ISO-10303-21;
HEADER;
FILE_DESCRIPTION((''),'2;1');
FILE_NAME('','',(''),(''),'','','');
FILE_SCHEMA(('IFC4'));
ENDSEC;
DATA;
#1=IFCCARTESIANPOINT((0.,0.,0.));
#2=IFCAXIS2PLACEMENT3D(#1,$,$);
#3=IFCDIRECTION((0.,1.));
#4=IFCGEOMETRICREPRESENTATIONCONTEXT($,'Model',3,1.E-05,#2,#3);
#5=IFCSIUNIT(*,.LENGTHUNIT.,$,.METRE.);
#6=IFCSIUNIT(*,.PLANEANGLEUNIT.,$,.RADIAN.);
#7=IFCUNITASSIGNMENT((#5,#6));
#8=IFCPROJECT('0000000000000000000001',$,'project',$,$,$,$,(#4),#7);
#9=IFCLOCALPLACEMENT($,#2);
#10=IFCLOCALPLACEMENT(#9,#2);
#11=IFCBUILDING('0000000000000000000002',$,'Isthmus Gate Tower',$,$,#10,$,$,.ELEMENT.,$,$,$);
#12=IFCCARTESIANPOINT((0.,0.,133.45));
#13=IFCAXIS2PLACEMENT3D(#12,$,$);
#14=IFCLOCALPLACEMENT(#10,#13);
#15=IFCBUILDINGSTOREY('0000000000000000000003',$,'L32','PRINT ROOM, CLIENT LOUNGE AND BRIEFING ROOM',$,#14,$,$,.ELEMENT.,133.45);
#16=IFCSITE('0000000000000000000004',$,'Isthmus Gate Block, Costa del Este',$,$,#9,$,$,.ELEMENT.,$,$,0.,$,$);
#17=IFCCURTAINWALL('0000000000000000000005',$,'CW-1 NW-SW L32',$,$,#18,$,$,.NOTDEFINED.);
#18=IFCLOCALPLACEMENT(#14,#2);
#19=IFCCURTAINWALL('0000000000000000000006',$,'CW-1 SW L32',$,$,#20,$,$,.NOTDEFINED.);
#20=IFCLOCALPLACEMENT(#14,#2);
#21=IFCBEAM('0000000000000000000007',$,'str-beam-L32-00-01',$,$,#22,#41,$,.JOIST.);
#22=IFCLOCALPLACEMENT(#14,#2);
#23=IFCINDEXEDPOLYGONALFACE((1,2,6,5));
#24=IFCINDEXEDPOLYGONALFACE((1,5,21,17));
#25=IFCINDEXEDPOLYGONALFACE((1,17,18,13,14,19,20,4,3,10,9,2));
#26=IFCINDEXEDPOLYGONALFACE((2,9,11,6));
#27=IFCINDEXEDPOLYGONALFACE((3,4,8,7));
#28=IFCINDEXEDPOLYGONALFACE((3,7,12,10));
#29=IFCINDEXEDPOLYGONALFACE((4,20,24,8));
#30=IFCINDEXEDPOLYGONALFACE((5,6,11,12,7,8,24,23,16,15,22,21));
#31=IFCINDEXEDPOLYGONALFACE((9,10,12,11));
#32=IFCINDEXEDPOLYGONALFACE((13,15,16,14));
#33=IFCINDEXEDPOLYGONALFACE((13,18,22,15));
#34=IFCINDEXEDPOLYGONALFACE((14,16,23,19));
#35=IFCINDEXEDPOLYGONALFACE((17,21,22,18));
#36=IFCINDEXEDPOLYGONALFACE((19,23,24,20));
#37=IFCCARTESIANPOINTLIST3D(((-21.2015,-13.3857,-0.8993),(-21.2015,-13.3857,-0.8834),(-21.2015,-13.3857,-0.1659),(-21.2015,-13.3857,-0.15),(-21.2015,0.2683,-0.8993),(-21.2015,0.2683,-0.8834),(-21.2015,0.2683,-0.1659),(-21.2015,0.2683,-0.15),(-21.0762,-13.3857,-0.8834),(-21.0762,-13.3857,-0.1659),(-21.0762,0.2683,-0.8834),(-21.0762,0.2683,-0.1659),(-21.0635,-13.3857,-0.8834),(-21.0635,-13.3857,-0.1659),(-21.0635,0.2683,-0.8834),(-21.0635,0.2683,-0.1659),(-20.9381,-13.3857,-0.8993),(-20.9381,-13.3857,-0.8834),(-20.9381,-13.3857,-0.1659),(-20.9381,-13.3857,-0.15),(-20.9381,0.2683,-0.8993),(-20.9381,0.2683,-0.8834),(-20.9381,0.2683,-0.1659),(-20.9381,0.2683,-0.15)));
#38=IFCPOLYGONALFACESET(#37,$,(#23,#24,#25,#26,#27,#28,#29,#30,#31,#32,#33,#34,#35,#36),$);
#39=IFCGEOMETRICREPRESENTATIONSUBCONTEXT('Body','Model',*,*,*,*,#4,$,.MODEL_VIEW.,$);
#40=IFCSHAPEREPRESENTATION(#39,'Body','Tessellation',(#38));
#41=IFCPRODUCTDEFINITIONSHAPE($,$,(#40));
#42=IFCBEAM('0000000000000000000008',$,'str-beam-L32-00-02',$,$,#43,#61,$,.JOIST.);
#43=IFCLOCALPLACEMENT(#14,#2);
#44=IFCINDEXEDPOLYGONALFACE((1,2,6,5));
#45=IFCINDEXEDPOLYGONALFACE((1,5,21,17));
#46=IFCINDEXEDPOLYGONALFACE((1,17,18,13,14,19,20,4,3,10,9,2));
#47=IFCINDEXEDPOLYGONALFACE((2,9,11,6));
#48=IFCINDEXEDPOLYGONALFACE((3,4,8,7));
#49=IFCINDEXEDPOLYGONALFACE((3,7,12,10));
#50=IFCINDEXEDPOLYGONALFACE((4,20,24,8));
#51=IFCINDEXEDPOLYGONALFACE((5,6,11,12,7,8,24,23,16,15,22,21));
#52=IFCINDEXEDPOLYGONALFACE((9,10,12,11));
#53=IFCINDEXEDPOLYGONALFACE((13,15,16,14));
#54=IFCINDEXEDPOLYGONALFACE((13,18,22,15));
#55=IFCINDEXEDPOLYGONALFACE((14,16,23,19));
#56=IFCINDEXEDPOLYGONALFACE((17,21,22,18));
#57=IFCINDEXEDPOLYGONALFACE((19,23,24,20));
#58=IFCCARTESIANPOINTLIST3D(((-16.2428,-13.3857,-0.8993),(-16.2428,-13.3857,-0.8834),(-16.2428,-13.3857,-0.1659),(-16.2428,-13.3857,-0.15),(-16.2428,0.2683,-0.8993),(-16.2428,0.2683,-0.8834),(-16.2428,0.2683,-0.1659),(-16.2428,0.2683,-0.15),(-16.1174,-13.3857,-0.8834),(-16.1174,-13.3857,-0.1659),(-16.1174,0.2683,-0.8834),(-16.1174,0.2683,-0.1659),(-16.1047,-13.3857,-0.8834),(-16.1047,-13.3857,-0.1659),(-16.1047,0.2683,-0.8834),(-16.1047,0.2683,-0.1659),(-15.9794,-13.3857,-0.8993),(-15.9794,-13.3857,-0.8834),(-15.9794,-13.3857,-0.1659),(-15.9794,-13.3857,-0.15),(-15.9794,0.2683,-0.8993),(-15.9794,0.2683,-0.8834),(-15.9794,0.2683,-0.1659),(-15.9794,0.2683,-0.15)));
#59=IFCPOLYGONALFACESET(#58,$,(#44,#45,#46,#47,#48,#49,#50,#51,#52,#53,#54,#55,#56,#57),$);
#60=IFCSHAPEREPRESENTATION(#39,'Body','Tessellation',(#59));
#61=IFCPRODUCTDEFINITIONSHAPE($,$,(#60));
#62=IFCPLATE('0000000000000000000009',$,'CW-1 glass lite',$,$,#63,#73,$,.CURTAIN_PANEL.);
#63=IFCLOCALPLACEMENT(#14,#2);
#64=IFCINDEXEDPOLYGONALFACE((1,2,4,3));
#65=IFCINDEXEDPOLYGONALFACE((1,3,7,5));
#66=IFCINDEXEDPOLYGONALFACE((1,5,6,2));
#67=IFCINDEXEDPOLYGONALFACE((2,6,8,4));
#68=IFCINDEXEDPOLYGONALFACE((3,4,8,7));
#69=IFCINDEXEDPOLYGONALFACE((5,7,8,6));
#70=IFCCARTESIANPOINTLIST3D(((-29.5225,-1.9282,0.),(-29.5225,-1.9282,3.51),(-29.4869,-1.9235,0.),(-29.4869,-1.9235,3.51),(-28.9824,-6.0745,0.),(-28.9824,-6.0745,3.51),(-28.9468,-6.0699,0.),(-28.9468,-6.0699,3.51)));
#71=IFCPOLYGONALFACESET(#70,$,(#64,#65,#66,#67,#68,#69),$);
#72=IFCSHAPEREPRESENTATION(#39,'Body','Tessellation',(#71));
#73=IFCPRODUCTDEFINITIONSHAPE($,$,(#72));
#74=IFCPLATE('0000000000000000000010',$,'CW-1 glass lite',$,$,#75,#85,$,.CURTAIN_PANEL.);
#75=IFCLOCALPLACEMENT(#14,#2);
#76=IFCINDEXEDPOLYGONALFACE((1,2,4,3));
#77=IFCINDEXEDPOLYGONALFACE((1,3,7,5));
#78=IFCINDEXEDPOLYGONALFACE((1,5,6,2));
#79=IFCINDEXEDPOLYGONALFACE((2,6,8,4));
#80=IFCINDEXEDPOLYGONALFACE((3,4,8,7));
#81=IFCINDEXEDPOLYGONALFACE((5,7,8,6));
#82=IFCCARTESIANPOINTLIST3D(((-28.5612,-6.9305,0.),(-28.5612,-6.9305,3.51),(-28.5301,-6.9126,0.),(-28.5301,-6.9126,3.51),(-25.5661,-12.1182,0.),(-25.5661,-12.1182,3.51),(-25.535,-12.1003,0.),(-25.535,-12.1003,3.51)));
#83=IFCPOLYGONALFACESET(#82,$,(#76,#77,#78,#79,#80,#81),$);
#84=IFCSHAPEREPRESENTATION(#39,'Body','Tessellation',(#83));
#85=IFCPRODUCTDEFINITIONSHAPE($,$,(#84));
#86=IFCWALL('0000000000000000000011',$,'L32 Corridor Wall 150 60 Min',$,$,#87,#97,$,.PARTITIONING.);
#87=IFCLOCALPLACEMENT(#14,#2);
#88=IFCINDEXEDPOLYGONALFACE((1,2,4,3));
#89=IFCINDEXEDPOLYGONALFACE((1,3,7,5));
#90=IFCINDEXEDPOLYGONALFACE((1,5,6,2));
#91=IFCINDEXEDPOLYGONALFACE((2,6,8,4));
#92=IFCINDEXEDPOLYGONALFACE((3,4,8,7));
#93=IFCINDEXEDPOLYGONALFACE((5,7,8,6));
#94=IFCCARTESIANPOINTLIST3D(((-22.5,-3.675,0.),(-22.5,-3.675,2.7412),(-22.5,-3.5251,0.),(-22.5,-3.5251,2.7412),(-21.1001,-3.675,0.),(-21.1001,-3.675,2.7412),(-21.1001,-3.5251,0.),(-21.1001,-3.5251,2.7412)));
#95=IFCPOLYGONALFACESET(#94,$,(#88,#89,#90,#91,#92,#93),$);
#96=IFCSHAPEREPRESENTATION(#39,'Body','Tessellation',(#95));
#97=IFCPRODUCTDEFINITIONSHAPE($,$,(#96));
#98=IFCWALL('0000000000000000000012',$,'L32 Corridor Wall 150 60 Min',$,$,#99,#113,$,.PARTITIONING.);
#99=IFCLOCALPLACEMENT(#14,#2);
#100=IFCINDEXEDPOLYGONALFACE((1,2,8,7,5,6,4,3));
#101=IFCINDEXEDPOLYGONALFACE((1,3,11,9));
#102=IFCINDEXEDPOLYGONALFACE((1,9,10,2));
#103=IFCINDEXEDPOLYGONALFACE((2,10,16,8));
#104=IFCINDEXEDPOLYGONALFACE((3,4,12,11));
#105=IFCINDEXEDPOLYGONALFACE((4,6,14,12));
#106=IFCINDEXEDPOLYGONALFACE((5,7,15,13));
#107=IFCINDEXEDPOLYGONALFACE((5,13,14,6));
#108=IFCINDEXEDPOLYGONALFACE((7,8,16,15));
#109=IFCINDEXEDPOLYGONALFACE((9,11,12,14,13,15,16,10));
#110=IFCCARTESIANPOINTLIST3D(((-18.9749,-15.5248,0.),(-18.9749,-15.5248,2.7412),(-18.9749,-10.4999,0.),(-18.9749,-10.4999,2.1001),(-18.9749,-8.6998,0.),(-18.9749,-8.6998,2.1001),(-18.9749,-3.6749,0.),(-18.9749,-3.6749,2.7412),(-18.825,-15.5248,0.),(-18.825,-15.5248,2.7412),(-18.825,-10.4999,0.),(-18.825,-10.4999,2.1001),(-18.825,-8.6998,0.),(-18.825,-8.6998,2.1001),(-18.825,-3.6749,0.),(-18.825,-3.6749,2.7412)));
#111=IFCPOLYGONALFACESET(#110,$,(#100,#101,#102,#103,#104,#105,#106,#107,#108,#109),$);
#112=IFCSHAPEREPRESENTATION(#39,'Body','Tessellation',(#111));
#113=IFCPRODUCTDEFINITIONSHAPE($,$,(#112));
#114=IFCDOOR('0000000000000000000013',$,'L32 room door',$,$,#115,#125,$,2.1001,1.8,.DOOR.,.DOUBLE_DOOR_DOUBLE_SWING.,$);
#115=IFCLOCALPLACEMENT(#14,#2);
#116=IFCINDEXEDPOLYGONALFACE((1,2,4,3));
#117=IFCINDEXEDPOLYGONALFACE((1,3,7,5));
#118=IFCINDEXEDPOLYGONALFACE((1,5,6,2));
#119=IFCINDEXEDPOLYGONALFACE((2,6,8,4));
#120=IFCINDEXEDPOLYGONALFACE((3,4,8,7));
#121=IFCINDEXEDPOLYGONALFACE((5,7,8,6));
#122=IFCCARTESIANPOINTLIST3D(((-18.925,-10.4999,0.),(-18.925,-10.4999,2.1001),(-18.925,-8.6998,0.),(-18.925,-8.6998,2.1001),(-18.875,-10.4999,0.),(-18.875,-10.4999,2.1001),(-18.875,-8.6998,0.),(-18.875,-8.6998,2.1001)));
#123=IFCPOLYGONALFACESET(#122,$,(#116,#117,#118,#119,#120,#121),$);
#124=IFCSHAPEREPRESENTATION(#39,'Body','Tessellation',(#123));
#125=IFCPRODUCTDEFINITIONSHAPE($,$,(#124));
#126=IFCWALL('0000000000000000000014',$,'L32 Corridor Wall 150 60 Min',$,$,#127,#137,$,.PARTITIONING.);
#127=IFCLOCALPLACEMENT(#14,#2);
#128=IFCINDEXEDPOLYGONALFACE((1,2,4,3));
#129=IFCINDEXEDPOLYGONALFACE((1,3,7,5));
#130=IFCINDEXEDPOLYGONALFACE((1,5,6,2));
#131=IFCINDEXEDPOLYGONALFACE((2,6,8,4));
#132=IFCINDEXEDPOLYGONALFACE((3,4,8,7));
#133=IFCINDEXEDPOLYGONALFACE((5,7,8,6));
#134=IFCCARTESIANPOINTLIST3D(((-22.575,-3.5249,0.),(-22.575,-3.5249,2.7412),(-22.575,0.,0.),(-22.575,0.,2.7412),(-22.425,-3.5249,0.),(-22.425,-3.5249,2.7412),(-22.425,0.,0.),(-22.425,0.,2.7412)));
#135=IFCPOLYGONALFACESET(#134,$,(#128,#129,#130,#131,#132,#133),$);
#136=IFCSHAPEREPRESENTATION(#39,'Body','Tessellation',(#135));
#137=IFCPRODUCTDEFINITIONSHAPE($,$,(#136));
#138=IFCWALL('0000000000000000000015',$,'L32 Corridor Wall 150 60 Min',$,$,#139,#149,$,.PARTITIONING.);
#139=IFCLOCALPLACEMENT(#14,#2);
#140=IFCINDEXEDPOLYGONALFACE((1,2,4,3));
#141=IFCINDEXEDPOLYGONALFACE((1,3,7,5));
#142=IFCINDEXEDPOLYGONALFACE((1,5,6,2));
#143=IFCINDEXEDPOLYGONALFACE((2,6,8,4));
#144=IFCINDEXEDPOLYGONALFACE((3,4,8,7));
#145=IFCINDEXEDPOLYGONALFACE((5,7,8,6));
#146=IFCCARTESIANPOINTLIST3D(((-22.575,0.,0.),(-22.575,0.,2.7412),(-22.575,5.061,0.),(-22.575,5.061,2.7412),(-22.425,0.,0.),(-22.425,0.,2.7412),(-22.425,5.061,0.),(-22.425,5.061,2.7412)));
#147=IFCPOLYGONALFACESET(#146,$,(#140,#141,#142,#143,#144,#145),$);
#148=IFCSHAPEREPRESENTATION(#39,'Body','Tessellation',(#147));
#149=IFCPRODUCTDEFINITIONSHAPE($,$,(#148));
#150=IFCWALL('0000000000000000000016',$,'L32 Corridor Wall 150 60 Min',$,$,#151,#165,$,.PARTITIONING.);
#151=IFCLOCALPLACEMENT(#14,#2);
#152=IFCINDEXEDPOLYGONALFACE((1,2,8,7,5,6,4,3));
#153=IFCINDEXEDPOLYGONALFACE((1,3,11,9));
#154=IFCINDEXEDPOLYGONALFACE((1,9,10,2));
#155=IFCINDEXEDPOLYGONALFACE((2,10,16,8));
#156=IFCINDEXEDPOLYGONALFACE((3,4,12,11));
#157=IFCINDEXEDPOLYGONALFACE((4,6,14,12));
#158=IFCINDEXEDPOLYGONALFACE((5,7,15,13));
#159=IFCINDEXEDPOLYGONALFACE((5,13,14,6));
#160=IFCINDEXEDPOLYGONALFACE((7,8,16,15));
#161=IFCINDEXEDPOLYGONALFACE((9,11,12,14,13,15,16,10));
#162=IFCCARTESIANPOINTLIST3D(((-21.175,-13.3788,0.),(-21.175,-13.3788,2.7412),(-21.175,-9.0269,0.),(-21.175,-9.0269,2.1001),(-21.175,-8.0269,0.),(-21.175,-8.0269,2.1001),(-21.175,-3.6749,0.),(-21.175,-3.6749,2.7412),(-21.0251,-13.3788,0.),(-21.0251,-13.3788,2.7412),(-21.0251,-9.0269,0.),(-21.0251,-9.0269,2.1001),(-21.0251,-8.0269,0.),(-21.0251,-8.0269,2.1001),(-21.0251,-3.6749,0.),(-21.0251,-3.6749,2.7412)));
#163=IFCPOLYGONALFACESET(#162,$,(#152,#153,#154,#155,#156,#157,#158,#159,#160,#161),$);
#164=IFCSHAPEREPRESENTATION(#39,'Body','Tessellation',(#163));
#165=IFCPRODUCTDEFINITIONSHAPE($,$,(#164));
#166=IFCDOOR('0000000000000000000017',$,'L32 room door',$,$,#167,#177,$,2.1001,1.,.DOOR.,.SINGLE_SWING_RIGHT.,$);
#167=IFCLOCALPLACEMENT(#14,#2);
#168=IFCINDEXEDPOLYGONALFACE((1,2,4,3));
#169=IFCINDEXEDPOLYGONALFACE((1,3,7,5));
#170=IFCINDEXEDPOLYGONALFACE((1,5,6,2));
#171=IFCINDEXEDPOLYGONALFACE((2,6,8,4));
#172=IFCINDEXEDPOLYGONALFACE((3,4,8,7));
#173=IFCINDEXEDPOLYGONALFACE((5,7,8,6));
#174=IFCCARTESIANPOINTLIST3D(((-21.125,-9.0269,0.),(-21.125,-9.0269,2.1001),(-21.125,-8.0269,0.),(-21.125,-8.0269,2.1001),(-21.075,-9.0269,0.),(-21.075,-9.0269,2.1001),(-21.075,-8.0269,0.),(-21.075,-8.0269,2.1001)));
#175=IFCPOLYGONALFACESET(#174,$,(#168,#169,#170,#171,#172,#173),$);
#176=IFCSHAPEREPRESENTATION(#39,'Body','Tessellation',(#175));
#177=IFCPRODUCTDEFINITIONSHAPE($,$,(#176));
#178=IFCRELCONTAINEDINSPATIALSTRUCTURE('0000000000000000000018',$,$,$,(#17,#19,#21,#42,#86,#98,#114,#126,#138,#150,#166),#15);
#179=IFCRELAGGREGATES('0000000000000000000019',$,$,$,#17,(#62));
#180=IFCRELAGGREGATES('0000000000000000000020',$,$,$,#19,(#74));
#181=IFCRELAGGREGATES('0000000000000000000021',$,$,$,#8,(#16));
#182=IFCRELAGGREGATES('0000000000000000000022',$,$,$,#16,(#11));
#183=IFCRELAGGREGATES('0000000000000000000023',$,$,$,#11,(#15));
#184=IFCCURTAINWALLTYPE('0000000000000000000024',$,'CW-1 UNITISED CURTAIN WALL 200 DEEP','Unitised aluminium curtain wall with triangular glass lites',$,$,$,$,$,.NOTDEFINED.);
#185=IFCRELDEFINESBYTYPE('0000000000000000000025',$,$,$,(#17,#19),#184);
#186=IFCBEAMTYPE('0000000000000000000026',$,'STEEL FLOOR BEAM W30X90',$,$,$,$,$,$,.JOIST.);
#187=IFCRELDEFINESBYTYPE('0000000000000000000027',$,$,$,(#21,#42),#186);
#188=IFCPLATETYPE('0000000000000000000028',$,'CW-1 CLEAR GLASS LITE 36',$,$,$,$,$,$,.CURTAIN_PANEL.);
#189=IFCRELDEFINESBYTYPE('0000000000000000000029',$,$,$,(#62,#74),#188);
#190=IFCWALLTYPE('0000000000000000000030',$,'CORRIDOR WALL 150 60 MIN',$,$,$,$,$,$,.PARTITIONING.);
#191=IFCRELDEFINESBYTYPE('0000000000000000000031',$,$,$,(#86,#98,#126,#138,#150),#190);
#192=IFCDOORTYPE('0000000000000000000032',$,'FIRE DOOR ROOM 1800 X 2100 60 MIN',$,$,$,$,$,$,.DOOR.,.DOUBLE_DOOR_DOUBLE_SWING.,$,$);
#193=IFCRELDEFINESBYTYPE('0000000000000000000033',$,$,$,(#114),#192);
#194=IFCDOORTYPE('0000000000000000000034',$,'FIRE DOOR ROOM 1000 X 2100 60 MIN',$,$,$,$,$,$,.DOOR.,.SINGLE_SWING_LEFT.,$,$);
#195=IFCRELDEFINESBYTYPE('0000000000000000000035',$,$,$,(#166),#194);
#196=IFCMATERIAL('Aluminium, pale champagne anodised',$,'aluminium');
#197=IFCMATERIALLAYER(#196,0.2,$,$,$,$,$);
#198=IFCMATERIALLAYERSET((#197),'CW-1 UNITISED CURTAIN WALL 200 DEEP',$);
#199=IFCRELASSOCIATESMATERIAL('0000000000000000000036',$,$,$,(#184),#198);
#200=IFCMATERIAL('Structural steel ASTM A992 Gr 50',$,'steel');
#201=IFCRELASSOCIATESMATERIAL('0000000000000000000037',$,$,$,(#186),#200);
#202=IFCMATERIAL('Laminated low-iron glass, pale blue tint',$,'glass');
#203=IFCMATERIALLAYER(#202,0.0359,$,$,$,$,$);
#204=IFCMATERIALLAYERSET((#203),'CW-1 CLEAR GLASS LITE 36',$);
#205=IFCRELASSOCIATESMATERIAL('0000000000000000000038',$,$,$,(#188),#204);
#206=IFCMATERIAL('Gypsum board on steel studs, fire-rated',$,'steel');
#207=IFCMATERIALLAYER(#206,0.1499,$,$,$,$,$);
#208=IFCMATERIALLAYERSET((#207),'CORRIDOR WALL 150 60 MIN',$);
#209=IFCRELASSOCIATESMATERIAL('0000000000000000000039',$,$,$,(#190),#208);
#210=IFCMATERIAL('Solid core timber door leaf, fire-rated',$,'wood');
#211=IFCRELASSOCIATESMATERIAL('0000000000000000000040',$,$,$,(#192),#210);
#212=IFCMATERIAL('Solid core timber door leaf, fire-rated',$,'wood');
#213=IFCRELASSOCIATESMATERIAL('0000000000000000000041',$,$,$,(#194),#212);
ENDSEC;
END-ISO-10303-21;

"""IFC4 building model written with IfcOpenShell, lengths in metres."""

from ifc_helpers import new_model, si_unit, direction, frame, frame_2d, origin, origin_2d, place, context, subcontext, project, spatial, rectangle, i_section, extrude, material, layer, layer_set, material_profile, profile_set, type_object, element, fill, aggregate, save


model = new_model("IFC4")

# Units and contexts
model_context = context("Model", 3, precision=1e-05, world=origin(), true_north=direction((0.0, 1.0)))
body_context = subcontext(model_context, "Body", "Model", "MODEL_VIEW")
ifc_project = project(units=[si_unit("LENGTHUNIT", "METRE"), si_unit("PLANEANGLEUNIT", "RADIAN")], contexts=[model_context])

# Site, building, storey
site_placement = place(None, origin())
site = spatial("IfcSite", under=ifc_project, at=site_placement, Name="Isthmus Gate Block, Costa del Este", CompositionType="ELEMENT", RefElevation=0.0)
building_placement = place(site_placement, origin())
building = spatial("IfcBuilding", under=site, at=building_placement, Name="Isthmus Gate Tower", CompositionType="ELEMENT")
storey_placement = place(building_placement, frame((0.0, 0.0, 133.45)))
storey = spatial("IfcBuildingStorey", under=building, at=storey_placement, Name="L32", Description="PRINT ROOM, CLIENT LOUNGE AND BRIEFING ROOM", CompositionType="ELEMENT", Elevation=133.45)

# Curtain walls
ifc_material_1 = material(Name="Aluminium, pale champagne anodised", Category="aluminium")
ifc_layer_1 = layer(ifc_material_1, 0.2)
ifc_layer_set_1 = layer_set([ifc_layer_1], Name="CW-1 UNITISED CURTAIN WALL 200 DEEP")
curtain_wall_type = type_object("IfcCurtainWallType", Name="CW-1 UNITISED CURTAIN WALL 200 DEEP", Description="Unitised aluminium curtain wall with triangular glass lites", PredefinedType="NOTDEFINED", material=ifc_layer_set_1)
curtain_wall_1_placement = place(storey_placement, origin())
curtain_wall_1 = element("IfcCurtainWall", 1, at=curtain_wall_1_placement, inside=storey, type_object=curtain_wall_type, Name="CW-1 NW-SW L32", PredefinedType="NOTDEFINED")
curtain_wall_2_placement = place(storey_placement, origin())
curtain_wall_2 = element("IfcCurtainWall", 2, at=curtain_wall_2_placement, inside=storey, type_object=curtain_wall_type, Name="CW-1 SW L32", PredefinedType="NOTDEFINED")

# Beams
ifc_material_2 = material(Name="Structural steel ASTM A992 Gr 50", Category="steel")
ifc_material_profile_1 = material_profile(ifc_material_2, i_section(OverallWidth=0.2634, OverallDepth=0.7493, WebThickness=0.0127, FlangeThickness=0.0159, at=origin_2d()), Name="W30X90")
ifc_profile_set_1 = profile_set([ifc_material_profile_1], Name="Structural steel ASTM A992 Gr 50")
beam_type_1 = type_object("IfcBeamType", Name="STEEL FLOOR BEAM W30X90", PredefinedType="JOIST", material=ifc_profile_set_1)
for number, where, z_axis, x_axis, name in (
    (3, (-21.0698, -13.3857, -0.5247), (0.0, 1.0, 0.0), (-1.0, 0.0, 0.0), "str-beam-L32-00-01"),
    (4, (-16.1111, -13.3857, -0.5247), (0.0, 1.0, 0.0), (-1.0, 0.0, 0.0), "str-beam-L32-00-02"),
):
    element("IfcBeam", number, at=place(storey_placement, frame(where, z_axis=z_axis, x_axis=x_axis)), inside=storey, type_object=beam_type_1, Name=name, PredefinedType="JOIST", context=body_context, shape_type="SweptSolid", body=[
        extrude(i_section(OverallWidth=0.2634, OverallDepth=0.7493, WebThickness=0.0127, FlangeThickness=0.0159, at=origin_2d()), origin(), (0.0, 0.0, 1.0), 13.6541),
    ])

# Plates
ifc_material_3 = material(Name="Laminated low-iron glass, pale blue tint", Category="glass")
ifc_layer_2 = layer(ifc_material_3, 0.0359)
ifc_layer_set_2 = layer_set([ifc_layer_2], Name="CW-1 CLEAR GLASS LITE 36")
plate_type = type_object("IfcPlateType", Name="CW-1 CLEAR GLASS LITE 36", PredefinedType="CURTAIN_PANEL", material=ifc_layer_set_2)
plate_1_placement = place(storey_placement, frame((-29.2346, -3.999, 0.0), z_axis=(0.0, 0.0, 1.0), x_axis=(0.129165, -0.991623, 0.0)))
plate_1 = element("IfcPlate", 5, at=plate_1_placement, type_object=plate_type, Name="CW-1 glass lite", PredefinedType="CURTAIN_PANEL", context=body_context, shape_type="SweptSolid", body=[
    extrude(rectangle(XDim=4.1814, YDim=0.0359, at=origin_2d()), origin(), (0.0, 0.0, 1.0), 3.51),
])
aggregate(curtain_wall_1, [plate_1])
plate_2_placement = place(storey_placement, frame((-27.0481, -9.5154, 0.0), z_axis=(0.0, 0.0, 1.0), x_axis=(0.5, -0.866025, 0.0)))
plate_2 = element("IfcPlate", 6, at=plate_2_placement, type_object=plate_type, Name="CW-1 glass lite", PredefinedType="CURTAIN_PANEL", context=body_context, shape_type="SweptSolid", body=[
    extrude(rectangle(XDim=5.9902, YDim=0.0359, at=origin_2d()), origin(), (0.0, 0.0, 1.0), 3.51),
])
aggregate(curtain_wall_2, [plate_2])

# Wall
ifc_material_4 = material(Name="Gypsum board on steel studs, fire-rated", Category="steel")
ifc_layer_3 = layer(ifc_material_4, 0.1499)
ifc_layer_set_3 = layer_set([ifc_layer_3], Name="CORRIDOR WALL 150 60 MIN")
wall_type = type_object("IfcWallType", Name="CORRIDOR WALL 150 60 MIN", PredefinedType="PARTITIONING", material=ifc_layer_set_3)
wall_1_placement = place(storey_placement, frame((-21.1001, -3.6001, 0.0), z_axis=(0.0, 0.0, 1.0), x_axis=(-1.0, 0.0, 0.0)))
element("IfcWall", 7, at=wall_1_placement, inside=storey, type_object=wall_type, Name="L32 Corridor Wall 150 60 Min", PredefinedType="PARTITIONING", context=body_context, shape_type="SweptSolid", body=[
    extrude(rectangle(XDim=1.3999, YDim=0.1499, at=frame_2d((0.7, 0.0))), origin(), (0.0, 0.0, 1.0), 2.7412),
])

# Wall, opening, door
wall_2_placement = place(storey_placement, frame((-18.8999, -3.675, 0.0), z_axis=(0.0, 0.0, 1.0), x_axis=(0.0, -1.0, 0.0)))
wall_2 = element("IfcWall", 8, at=wall_2_placement, inside=storey, type_object=wall_type, Name="L32 Corridor Wall 150 60 Min", PredefinedType="PARTITIONING", context=body_context, shape_type="SweptSolid", body=[
    extrude(rectangle(XDim=11.8499, YDim=0.1499, at=frame_2d((5.9248, 0.0))), origin(), (0.0, 0.0, 1.0), 2.7412),
])
opening_1_placement = place(wall_2_placement, frame((5.0249, 0.0, 0.0)))
opening_1 = element("IfcOpeningElement", 9, at=opening_1_placement, cuts=wall_2, PredefinedType="OPENING", context=body_context, shape_type="SweptSolid", body=[
    extrude(rectangle(XDim=1.8, YDim=2.1001, at=frame_2d((0.8999, 1.05))), frame((0.0, 0.085, 0.0), z_axis=(0.0, -1.0, 0.0), x_axis=(1.0, 0.0, 0.0)), (0.0, 0.0, 1.0), 0.1699),
])
ifc_material_5 = material(Name="Solid core timber door leaf, fire-rated", Category="wood")
door_type_1 = type_object("IfcDoorType", Name="FIRE DOOR ROOM 1800 X 2100 60 MIN", OperationType="DOUBLE_DOOR_DOUBLE_SWING", PredefinedType="DOOR", material=ifc_material_5)
door_1_placement = place(opening_1_placement, origin())
door_1 = element("IfcDoor", 10, at=door_1_placement, inside=storey, type_object=door_type_1, Name="L32 room door", OperationType="DOUBLE_DOOR_DOUBLE_SWING", OverallHeight=2.1001, OverallWidth=1.8, PredefinedType="DOOR", context=body_context, shape_type="SweptSolid", body=[
    extrude(rectangle(XDim=1.8, YDim=2.1001, at=frame_2d((0.8999, 1.05))), frame((0.0, 0.0249, 0.0), z_axis=(0.0, -1.0, 0.0), x_axis=(1.0, 0.0, 0.0)), (0.0, 0.0, 1.0), 0.05),
])
fill(opening_1, door_1)

# Walls
wall_3_placement = place(storey_placement, frame((-22.5, -3.5249, 0.0), z_axis=(0.0, 0.0, 1.0), x_axis=(0.0, 1.0, 0.0)))
element("IfcWall", 11, at=wall_3_placement, inside=storey, type_object=wall_type, Name="L32 Corridor Wall 150 60 Min", PredefinedType="PARTITIONING", context=body_context, shape_type="SweptSolid", body=[
    extrude(rectangle(XDim=3.5249, YDim=0.1499, at=frame_2d((1.7625, 0.0))), origin(), (0.0, 0.0, 1.0), 2.7412),
])
wall_4_placement = place(storey_placement, frame((-22.5, 0.0, 0.0), z_axis=(0.0, 0.0, 1.0), x_axis=(0.0, 1.0, 0.0)))
element("IfcWall", 12, at=wall_4_placement, inside=storey, type_object=wall_type, Name="L32 Corridor Wall 150 60 Min", PredefinedType="PARTITIONING", context=body_context, shape_type="SweptSolid", body=[
    extrude(rectangle(XDim=5.061, YDim=0.1499, at=frame_2d((2.5305, 0.0))), origin(), (0.0, 0.0, 1.0), 2.7412),
])

# Wall, opening, door
wall_5_placement = place(storey_placement, frame((-21.1001, -13.3789, 0.0), z_axis=(0.0, 0.0, 1.0), x_axis=(0.0, 1.0, 0.0)))
wall_5 = element("IfcWall", 13, at=wall_5_placement, inside=storey, type_object=wall_type, Name="L32 Corridor Wall 150 60 Min", PredefinedType="PARTITIONING", context=body_context, shape_type="SweptSolid", body=[
    extrude(rectangle(XDim=9.7039, YDim=0.1499, at=frame_2d((4.8521, 0.0))), origin(), (0.0, 0.0, 1.0), 2.7412),
])
opening_2_placement = place(wall_5_placement, frame((4.3521, 0.0, 0.0)))
opening_2 = element("IfcOpeningElement", 14, at=opening_2_placement, cuts=wall_5, PredefinedType="OPENING", context=body_context, shape_type="SweptSolid", body=[
    extrude(rectangle(XDim=1.0, YDim=2.1001, at=frame_2d((0.5, 1.05))), frame((0.0, 0.085, 0.0), z_axis=(0.0, -1.0, 0.0), x_axis=(1.0, 0.0, 0.0)), (0.0, 0.0, 1.0), 0.1699),
])
ifc_material_6 = material(Name="Solid core timber door leaf, fire-rated", Category="wood")
door_type_2 = type_object("IfcDoorType", Name="FIRE DOOR ROOM 1000 X 2100 60 MIN", OperationType="SINGLE_SWING_LEFT", PredefinedType="DOOR", material=ifc_material_6)
door_2_placement = place(opening_2_placement, origin())
door_2 = element("IfcDoor", 15, at=door_2_placement, inside=storey, type_object=door_type_2, Name="L32 room door", OperationType="SINGLE_SWING_RIGHT", OverallHeight=2.1001, OverallWidth=1.0, PredefinedType="DOOR", context=body_context, shape_type="SweptSolid", body=[
    extrude(rectangle(XDim=1.0, YDim=2.1001, at=frame_2d((0.5, 1.05))), frame((0.0, 0.0249, 0.0), z_axis=(0.0, -1.0, 0.0), x_axis=(1.0, 0.0, 0.0)), (0.0, 0.0, 1.0), 0.05),
])
fill(opening_2, door_2)

save(model, "model.ifc")
